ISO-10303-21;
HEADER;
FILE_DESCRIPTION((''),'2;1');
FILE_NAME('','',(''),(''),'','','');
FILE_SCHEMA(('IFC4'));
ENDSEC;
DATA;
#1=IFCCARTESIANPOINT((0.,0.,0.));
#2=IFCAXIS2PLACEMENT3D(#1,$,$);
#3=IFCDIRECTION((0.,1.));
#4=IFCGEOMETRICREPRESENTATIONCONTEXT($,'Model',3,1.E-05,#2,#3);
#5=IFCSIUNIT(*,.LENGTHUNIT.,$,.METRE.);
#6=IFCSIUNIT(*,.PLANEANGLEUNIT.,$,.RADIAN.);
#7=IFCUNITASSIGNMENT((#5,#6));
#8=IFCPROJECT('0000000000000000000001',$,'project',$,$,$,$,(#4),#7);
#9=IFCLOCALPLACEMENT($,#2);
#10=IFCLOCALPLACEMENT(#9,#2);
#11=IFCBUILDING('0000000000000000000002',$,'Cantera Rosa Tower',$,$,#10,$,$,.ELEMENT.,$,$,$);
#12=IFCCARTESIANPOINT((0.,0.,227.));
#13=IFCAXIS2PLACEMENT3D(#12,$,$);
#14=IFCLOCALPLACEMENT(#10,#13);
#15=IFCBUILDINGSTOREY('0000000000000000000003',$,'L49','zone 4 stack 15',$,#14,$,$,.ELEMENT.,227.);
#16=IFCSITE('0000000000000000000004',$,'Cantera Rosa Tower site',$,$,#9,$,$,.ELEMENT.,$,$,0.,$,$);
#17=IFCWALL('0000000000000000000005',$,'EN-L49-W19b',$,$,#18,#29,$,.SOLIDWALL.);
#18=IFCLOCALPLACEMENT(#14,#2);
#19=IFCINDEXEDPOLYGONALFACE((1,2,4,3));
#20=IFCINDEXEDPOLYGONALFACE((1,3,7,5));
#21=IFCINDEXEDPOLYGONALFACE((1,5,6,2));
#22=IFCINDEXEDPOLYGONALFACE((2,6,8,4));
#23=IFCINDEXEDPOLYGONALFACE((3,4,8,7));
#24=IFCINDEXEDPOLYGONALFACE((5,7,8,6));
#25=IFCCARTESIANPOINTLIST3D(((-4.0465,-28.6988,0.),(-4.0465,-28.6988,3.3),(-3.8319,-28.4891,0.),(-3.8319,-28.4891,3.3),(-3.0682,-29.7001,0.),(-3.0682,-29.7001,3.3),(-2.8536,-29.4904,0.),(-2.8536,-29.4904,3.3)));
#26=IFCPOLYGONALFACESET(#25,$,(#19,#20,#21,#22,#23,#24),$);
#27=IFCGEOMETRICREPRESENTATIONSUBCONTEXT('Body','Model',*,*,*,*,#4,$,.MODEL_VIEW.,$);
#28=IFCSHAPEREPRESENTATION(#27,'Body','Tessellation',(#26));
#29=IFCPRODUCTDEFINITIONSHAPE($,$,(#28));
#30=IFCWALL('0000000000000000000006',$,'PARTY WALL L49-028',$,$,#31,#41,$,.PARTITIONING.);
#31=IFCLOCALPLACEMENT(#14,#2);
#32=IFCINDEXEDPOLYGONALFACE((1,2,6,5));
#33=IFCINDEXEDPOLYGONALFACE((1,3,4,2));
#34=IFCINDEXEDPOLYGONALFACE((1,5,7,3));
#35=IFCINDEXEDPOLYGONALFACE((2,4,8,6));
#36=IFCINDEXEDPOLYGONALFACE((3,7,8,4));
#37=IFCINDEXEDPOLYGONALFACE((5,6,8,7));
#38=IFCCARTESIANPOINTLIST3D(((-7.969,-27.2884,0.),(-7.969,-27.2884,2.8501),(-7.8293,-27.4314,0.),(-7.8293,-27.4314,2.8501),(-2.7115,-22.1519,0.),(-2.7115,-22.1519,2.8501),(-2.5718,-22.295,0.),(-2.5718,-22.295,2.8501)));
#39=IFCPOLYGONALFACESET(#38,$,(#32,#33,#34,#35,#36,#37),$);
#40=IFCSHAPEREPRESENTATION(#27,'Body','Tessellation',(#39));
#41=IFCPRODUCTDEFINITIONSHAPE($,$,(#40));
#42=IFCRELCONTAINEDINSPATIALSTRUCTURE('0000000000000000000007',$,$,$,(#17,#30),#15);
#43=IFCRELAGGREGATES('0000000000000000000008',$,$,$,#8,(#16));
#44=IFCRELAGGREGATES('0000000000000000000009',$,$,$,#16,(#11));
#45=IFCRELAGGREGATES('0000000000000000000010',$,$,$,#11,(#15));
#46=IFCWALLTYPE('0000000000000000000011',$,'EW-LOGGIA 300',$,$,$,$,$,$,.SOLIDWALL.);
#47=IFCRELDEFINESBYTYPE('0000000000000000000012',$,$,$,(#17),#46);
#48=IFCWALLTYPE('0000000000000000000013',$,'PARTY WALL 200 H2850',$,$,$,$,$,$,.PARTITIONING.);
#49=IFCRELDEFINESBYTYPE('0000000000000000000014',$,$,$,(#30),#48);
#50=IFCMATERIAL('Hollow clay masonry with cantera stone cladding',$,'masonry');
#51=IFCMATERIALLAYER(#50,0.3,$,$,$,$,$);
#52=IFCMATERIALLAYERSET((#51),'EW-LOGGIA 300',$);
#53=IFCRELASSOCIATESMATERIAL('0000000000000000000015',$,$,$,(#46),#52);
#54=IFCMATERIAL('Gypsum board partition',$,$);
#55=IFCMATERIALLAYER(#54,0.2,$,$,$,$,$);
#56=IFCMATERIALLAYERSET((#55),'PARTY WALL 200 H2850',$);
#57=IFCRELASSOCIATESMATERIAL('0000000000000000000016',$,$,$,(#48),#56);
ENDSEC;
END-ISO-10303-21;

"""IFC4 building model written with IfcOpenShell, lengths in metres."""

from ifc_helpers import new_model, si_unit, direction, frame, frame_2d, origin, place, context, subcontext, project, spatial, rectangle, extrude, material, layer, layer_set, type_object, element, save


model = new_model("IFC4")

# Units and contexts
model_context = context("Model", 3, precision=1e-05, world=origin(), true_north=direction((0.0, 1.0)))
body_context = subcontext(model_context, "Body", "Model", "MODEL_VIEW")
ifc_project = project(units=[si_unit("LENGTHUNIT", "METRE"), si_unit("PLANEANGLEUNIT", "RADIAN")], contexts=[model_context])

# Site, building, storey
site_placement = place(None, origin())
site = spatial("IfcSite", under=ifc_project, at=site_placement, Name="Cantera Rosa Tower site", CompositionType="ELEMENT", RefElevation=0.0)
building_placement = place(site_placement, origin())
building = spatial("IfcBuilding", under=site, at=building_placement, Name="Cantera Rosa Tower", CompositionType="ELEMENT")
storey_placement = place(building_placement, frame((0.0, 0.0, 227.0)))
storey = spatial("IfcBuildingStorey", under=building, at=storey_placement, Name="L49", Description="zone 4 stack 15", CompositionType="ELEMENT", Elevation=227.0)

# Wall
ifc_material_1 = material(Name="Hollow clay masonry with cantera stone cladding", Category="masonry")
ifc_layer_1 = layer(ifc_material_1, 0.3)
ifc_layer_set_1 = layer_set([ifc_layer_1], Name="EW-LOGGIA 300")
wall_type_1 = type_object("IfcWallType", Name="EW-LOGGIA 300", PredefinedType="SOLIDWALL", material=ifc_layer_set_1)
wall_1_placement = place(storey_placement, frame((-3.9392, -28.594, 0.0), z_axis=(0.0, 0.0, 1.0), x_axis=(0.698862, -0.715257, 0.0)))
element("IfcWall", 1, at=wall_1_placement, inside=storey, type_object=wall_type_1, Name="EN-L49-W19b", PredefinedType="SOLIDWALL", context=body_context, shape_type="SweptSolid", body=[
    extrude(rectangle(XDim=1.3999, YDim=0.3, at=frame_2d((0.7, 0.0))), origin(), (0.0, 0.0, 1.0), 3.3),
])

# Wall
ifc_material_2 = material(Name="Gypsum board partition")
ifc_layer_2 = layer(ifc_material_2, 0.2)
ifc_layer_set_2 = layer_set([ifc_layer_2], Name="PARTY WALL 200 H2850")
wall_type_2 = type_object("IfcWallType", Name="PARTY WALL 200 H2850", PredefinedType="PARTITIONING", material=ifc_layer_set_2)
wall_2_placement = place(storey_placement, frame((-7.8992, -27.3599, 0.0), z_axis=(0.0, 0.0, 1.0), x_axis=(0.715296, 0.698821, 0.0)))
element("IfcWall", 2, at=wall_2_placement, inside=storey, type_object=wall_type_2, Name="PARTY WALL L49-028", PredefinedType="PARTITIONING", context=body_context, shape_type="SweptSolid", body=[
    extrude(rectangle(XDim=7.3501, YDim=0.2, at=frame_2d((3.675, 0.0))), origin(), (0.0, 0.0, 1.0), 2.8501),
])

save(model, "model.ifc")
